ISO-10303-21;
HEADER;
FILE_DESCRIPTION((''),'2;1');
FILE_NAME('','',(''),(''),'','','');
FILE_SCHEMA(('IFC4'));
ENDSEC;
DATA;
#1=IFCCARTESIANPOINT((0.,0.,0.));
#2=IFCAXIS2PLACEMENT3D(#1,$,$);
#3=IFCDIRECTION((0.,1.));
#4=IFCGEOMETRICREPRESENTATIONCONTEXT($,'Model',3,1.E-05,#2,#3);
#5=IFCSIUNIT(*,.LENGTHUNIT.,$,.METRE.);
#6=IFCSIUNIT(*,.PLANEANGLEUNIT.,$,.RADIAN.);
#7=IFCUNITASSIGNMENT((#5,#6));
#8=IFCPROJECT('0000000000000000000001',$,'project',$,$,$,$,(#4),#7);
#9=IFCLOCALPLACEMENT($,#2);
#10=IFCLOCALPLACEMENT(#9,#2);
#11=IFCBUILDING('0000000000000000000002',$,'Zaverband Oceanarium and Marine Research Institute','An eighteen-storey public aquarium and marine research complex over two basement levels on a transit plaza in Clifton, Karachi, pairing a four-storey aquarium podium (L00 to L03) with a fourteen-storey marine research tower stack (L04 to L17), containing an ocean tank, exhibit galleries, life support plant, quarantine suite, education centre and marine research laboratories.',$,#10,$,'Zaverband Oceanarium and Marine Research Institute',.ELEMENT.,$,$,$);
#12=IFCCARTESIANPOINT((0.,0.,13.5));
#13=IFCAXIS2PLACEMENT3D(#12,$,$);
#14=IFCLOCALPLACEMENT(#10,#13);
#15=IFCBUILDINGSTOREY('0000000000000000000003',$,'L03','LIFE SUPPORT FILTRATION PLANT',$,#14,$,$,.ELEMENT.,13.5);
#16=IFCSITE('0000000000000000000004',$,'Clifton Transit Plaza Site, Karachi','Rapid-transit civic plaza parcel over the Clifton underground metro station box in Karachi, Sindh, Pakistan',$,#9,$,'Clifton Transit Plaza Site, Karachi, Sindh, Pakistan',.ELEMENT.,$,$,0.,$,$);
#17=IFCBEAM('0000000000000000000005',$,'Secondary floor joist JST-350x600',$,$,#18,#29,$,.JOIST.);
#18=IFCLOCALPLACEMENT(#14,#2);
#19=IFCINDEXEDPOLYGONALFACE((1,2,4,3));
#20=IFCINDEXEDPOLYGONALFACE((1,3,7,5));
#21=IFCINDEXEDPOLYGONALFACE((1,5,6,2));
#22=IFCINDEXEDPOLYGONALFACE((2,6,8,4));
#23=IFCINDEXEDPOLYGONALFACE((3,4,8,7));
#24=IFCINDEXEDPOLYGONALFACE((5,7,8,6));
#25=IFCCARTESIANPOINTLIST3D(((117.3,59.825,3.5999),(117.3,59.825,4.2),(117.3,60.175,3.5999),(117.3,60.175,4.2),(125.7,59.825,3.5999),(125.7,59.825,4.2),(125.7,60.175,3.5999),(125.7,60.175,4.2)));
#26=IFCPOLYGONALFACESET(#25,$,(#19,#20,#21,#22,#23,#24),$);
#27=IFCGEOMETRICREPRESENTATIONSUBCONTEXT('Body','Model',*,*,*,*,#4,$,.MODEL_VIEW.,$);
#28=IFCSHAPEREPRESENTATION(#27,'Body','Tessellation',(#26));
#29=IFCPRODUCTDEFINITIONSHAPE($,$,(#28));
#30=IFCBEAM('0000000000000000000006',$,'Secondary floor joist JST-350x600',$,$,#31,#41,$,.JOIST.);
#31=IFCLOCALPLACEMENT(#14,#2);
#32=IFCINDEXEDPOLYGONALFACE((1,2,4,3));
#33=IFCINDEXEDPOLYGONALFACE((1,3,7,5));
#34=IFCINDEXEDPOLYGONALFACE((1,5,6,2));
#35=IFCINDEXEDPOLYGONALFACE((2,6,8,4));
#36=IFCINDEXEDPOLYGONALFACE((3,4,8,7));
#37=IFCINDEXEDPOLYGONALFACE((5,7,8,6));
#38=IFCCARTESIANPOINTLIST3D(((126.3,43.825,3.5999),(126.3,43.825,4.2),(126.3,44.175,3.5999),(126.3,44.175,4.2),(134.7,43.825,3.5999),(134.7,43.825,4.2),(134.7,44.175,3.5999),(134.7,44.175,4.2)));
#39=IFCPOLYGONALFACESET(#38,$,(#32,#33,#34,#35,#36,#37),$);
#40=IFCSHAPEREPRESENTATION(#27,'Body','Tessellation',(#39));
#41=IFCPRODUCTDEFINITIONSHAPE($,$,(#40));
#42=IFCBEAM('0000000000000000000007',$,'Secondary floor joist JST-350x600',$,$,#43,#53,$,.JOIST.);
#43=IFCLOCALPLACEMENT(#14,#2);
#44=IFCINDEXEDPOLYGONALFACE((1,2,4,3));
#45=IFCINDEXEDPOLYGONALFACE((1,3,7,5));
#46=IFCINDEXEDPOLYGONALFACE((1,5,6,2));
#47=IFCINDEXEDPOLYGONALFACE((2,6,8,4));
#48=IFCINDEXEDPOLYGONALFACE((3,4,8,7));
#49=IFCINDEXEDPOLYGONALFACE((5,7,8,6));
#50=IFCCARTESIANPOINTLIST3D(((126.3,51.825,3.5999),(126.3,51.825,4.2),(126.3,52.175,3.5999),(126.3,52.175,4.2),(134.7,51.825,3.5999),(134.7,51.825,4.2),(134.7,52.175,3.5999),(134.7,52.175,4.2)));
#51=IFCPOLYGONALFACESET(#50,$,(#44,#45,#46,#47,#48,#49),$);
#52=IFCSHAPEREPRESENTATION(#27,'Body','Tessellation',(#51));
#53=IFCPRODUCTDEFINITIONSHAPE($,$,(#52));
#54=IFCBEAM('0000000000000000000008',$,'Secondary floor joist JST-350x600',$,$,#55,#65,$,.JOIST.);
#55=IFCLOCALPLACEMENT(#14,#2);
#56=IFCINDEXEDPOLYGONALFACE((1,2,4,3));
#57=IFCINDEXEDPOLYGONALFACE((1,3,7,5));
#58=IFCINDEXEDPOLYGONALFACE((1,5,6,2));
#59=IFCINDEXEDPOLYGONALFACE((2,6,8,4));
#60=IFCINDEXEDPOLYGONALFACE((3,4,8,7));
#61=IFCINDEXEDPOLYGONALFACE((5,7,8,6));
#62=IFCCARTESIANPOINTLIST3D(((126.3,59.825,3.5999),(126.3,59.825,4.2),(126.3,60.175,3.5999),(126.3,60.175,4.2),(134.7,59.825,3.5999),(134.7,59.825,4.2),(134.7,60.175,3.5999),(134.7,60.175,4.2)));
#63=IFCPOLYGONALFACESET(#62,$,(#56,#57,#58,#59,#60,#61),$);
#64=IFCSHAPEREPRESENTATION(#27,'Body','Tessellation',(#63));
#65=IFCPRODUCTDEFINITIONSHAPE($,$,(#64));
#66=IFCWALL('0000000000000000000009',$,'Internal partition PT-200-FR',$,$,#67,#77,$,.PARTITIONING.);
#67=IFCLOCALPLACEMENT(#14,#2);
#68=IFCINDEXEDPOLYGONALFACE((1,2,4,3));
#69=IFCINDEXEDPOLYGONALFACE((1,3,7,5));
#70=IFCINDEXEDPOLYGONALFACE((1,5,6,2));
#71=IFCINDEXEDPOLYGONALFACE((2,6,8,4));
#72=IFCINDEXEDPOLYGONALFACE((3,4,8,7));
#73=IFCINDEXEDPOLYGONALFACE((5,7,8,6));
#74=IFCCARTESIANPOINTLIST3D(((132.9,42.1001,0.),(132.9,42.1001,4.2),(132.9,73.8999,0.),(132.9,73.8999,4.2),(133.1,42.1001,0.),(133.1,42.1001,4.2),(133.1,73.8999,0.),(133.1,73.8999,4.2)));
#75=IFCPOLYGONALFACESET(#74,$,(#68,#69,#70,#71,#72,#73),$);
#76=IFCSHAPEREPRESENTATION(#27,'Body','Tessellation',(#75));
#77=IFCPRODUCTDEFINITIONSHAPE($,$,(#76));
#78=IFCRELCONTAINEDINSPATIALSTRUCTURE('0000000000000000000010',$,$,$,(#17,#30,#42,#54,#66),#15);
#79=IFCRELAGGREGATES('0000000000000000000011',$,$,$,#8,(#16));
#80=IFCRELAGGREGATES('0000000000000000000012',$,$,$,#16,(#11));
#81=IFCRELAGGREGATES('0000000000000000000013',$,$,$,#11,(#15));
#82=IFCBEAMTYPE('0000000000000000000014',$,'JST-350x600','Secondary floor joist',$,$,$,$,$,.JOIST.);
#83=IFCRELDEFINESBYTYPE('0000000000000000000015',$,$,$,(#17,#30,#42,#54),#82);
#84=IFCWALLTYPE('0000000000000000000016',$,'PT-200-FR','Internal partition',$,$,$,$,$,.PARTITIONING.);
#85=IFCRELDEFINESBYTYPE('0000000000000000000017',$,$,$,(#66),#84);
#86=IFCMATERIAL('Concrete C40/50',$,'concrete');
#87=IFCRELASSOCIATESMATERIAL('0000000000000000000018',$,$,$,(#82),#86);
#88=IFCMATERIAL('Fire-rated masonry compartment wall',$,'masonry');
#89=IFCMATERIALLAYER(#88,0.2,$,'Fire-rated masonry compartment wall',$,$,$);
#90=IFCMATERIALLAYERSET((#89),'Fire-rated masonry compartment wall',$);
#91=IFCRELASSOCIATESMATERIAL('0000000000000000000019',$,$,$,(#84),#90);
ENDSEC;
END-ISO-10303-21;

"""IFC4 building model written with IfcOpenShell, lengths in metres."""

from ifc_helpers import new_model, si_unit, direction, frame, frame_2d, origin, origin_2d, place, context, subcontext, project, spatial, rectangle, extrude, material, layer, layer_set, material_profile, profile_set, type_object, element, save


model = new_model("IFC4")

# Units and contexts
model_context = context("Model", 3, precision=1e-05, world=origin(), true_north=direction((0.0, 1.0)))
body_context = subcontext(model_context, "Body", "Model", "MODEL_VIEW")
ifc_project = project(units=[si_unit("LENGTHUNIT", "METRE"), si_unit("PLANEANGLEUNIT", "RADIAN")], contexts=[model_context])

# Site, building, storey
site_placement = place(None, origin())
site = spatial("IfcSite", under=ifc_project, at=site_placement, Name="Clifton Transit Plaza Site, Karachi", Description="Rapid-transit civic plaza parcel over the Clifton underground metro station box in Karachi, Sindh, Pakistan", LongName="Clifton Transit Plaza Site, Karachi, Sindh, Pakistan", CompositionType="ELEMENT", RefElevation=0.0)
building_placement = place(site_placement, origin())
building = spatial("IfcBuilding", under=site, at=building_placement, Name="Zaverband Oceanarium and Marine Research Institute", Description="An eighteen-storey public aquarium and marine research complex over two basement levels on a transit plaza in Clifton, Karachi, pairing a four-storey aquarium podium (L00 to L03) with a fourteen-storey marine research tower stack (L04 to L17), containing an ocean tank, exhibit galleries, life support plant, quarantine suite, education centre and marine research laboratories.", LongName="Zaverband Oceanarium and Marine Research Institute", CompositionType="ELEMENT")
storey_placement = place(building_placement, frame((0.0, 0.0, 13.5)))
storey = spatial("IfcBuildingStorey", under=building, at=storey_placement, Name="L03", Description="LIFE SUPPORT FILTRATION PLANT", CompositionType="ELEMENT", Elevation=13.5)

# Beams
ifc_material_1 = material(Name="Concrete C40/50", Category="concrete")
ifc_material_profile_1 = material_profile(ifc_material_1, rectangle(XDim=0.3501, YDim=0.6001, at=origin_2d()), Name="RC350x600")
ifc_profile_set_1 = profile_set([ifc_material_profile_1], Name="Concrete C40/50")
beam_type_1 = type_object("IfcBeamType", Name="JST-350x600", Description="Secondary floor joist", PredefinedType="JOIST", material=ifc_profile_set_1)
for number, where, z_axis, x_axis, name in (
    (1, (117.3, 60.0, 3.8999), (1.0, 0.0, 0.0), (0.0, 1.0, 0.0), "Secondary floor joist JST-350x600"),
    (2, (126.3, 44.0, 3.8999), (1.0, 0.0, 0.0), (0.0, 1.0, 0.0), "Secondary floor joist JST-350x600"),
    (3, (126.3, 52.0, 3.8999), (1.0, 0.0, 0.0), (0.0, 1.0, 0.0), "Secondary floor joist JST-350x600"),
    (4, (126.3, 60.0, 3.8999), (1.0, 0.0, 0.0), (0.0, 1.0, 0.0), "Secondary floor joist JST-350x600"),
):
    element("IfcBeam", number, at=place(storey_placement, frame(where, z_axis=z_axis, x_axis=x_axis)), inside=storey, type_object=beam_type_1, Name=name, PredefinedType="JOIST", context=body_context, shape_type="SweptSolid", body=[
        extrude(rectangle(XDim=0.3501, YDim=0.6001, at=origin_2d()), origin(), (0.0, 0.0, 1.0), 8.3999),
    ])

# Wall
ifc_material_2 = material(Name="Fire-rated masonry compartment wall", Category="masonry")
ifc_layer = layer(ifc_material_2, 0.2, Name="Fire-rated masonry compartment wall")
ifc_layer_set = layer_set([ifc_layer], Name="Fire-rated masonry compartment wall")
wall_type = type_object("IfcWallType", Name="PT-200-FR", Description="Internal partition", PredefinedType="PARTITIONING", material=ifc_layer_set)
wall_placement = place(storey_placement, frame((133.0, 42.1001, 0.0), z_axis=(0.0, 0.0, 1.0), x_axis=(0.0, 1.0, 0.0)))
element("IfcWall", 5, at=wall_placement, inside=storey, type_object=wall_type, Name="Internal partition PT-200-FR", PredefinedType="PARTITIONING", context=body_context, shape_type="SweptSolid", body=[
    extrude(rectangle(XDim=31.7998, YDim=0.2, at=frame_2d((15.8999, 0.0))), origin(), (0.0, 0.0, 1.0), 4.2),
])

save(model, "model.ifc")
